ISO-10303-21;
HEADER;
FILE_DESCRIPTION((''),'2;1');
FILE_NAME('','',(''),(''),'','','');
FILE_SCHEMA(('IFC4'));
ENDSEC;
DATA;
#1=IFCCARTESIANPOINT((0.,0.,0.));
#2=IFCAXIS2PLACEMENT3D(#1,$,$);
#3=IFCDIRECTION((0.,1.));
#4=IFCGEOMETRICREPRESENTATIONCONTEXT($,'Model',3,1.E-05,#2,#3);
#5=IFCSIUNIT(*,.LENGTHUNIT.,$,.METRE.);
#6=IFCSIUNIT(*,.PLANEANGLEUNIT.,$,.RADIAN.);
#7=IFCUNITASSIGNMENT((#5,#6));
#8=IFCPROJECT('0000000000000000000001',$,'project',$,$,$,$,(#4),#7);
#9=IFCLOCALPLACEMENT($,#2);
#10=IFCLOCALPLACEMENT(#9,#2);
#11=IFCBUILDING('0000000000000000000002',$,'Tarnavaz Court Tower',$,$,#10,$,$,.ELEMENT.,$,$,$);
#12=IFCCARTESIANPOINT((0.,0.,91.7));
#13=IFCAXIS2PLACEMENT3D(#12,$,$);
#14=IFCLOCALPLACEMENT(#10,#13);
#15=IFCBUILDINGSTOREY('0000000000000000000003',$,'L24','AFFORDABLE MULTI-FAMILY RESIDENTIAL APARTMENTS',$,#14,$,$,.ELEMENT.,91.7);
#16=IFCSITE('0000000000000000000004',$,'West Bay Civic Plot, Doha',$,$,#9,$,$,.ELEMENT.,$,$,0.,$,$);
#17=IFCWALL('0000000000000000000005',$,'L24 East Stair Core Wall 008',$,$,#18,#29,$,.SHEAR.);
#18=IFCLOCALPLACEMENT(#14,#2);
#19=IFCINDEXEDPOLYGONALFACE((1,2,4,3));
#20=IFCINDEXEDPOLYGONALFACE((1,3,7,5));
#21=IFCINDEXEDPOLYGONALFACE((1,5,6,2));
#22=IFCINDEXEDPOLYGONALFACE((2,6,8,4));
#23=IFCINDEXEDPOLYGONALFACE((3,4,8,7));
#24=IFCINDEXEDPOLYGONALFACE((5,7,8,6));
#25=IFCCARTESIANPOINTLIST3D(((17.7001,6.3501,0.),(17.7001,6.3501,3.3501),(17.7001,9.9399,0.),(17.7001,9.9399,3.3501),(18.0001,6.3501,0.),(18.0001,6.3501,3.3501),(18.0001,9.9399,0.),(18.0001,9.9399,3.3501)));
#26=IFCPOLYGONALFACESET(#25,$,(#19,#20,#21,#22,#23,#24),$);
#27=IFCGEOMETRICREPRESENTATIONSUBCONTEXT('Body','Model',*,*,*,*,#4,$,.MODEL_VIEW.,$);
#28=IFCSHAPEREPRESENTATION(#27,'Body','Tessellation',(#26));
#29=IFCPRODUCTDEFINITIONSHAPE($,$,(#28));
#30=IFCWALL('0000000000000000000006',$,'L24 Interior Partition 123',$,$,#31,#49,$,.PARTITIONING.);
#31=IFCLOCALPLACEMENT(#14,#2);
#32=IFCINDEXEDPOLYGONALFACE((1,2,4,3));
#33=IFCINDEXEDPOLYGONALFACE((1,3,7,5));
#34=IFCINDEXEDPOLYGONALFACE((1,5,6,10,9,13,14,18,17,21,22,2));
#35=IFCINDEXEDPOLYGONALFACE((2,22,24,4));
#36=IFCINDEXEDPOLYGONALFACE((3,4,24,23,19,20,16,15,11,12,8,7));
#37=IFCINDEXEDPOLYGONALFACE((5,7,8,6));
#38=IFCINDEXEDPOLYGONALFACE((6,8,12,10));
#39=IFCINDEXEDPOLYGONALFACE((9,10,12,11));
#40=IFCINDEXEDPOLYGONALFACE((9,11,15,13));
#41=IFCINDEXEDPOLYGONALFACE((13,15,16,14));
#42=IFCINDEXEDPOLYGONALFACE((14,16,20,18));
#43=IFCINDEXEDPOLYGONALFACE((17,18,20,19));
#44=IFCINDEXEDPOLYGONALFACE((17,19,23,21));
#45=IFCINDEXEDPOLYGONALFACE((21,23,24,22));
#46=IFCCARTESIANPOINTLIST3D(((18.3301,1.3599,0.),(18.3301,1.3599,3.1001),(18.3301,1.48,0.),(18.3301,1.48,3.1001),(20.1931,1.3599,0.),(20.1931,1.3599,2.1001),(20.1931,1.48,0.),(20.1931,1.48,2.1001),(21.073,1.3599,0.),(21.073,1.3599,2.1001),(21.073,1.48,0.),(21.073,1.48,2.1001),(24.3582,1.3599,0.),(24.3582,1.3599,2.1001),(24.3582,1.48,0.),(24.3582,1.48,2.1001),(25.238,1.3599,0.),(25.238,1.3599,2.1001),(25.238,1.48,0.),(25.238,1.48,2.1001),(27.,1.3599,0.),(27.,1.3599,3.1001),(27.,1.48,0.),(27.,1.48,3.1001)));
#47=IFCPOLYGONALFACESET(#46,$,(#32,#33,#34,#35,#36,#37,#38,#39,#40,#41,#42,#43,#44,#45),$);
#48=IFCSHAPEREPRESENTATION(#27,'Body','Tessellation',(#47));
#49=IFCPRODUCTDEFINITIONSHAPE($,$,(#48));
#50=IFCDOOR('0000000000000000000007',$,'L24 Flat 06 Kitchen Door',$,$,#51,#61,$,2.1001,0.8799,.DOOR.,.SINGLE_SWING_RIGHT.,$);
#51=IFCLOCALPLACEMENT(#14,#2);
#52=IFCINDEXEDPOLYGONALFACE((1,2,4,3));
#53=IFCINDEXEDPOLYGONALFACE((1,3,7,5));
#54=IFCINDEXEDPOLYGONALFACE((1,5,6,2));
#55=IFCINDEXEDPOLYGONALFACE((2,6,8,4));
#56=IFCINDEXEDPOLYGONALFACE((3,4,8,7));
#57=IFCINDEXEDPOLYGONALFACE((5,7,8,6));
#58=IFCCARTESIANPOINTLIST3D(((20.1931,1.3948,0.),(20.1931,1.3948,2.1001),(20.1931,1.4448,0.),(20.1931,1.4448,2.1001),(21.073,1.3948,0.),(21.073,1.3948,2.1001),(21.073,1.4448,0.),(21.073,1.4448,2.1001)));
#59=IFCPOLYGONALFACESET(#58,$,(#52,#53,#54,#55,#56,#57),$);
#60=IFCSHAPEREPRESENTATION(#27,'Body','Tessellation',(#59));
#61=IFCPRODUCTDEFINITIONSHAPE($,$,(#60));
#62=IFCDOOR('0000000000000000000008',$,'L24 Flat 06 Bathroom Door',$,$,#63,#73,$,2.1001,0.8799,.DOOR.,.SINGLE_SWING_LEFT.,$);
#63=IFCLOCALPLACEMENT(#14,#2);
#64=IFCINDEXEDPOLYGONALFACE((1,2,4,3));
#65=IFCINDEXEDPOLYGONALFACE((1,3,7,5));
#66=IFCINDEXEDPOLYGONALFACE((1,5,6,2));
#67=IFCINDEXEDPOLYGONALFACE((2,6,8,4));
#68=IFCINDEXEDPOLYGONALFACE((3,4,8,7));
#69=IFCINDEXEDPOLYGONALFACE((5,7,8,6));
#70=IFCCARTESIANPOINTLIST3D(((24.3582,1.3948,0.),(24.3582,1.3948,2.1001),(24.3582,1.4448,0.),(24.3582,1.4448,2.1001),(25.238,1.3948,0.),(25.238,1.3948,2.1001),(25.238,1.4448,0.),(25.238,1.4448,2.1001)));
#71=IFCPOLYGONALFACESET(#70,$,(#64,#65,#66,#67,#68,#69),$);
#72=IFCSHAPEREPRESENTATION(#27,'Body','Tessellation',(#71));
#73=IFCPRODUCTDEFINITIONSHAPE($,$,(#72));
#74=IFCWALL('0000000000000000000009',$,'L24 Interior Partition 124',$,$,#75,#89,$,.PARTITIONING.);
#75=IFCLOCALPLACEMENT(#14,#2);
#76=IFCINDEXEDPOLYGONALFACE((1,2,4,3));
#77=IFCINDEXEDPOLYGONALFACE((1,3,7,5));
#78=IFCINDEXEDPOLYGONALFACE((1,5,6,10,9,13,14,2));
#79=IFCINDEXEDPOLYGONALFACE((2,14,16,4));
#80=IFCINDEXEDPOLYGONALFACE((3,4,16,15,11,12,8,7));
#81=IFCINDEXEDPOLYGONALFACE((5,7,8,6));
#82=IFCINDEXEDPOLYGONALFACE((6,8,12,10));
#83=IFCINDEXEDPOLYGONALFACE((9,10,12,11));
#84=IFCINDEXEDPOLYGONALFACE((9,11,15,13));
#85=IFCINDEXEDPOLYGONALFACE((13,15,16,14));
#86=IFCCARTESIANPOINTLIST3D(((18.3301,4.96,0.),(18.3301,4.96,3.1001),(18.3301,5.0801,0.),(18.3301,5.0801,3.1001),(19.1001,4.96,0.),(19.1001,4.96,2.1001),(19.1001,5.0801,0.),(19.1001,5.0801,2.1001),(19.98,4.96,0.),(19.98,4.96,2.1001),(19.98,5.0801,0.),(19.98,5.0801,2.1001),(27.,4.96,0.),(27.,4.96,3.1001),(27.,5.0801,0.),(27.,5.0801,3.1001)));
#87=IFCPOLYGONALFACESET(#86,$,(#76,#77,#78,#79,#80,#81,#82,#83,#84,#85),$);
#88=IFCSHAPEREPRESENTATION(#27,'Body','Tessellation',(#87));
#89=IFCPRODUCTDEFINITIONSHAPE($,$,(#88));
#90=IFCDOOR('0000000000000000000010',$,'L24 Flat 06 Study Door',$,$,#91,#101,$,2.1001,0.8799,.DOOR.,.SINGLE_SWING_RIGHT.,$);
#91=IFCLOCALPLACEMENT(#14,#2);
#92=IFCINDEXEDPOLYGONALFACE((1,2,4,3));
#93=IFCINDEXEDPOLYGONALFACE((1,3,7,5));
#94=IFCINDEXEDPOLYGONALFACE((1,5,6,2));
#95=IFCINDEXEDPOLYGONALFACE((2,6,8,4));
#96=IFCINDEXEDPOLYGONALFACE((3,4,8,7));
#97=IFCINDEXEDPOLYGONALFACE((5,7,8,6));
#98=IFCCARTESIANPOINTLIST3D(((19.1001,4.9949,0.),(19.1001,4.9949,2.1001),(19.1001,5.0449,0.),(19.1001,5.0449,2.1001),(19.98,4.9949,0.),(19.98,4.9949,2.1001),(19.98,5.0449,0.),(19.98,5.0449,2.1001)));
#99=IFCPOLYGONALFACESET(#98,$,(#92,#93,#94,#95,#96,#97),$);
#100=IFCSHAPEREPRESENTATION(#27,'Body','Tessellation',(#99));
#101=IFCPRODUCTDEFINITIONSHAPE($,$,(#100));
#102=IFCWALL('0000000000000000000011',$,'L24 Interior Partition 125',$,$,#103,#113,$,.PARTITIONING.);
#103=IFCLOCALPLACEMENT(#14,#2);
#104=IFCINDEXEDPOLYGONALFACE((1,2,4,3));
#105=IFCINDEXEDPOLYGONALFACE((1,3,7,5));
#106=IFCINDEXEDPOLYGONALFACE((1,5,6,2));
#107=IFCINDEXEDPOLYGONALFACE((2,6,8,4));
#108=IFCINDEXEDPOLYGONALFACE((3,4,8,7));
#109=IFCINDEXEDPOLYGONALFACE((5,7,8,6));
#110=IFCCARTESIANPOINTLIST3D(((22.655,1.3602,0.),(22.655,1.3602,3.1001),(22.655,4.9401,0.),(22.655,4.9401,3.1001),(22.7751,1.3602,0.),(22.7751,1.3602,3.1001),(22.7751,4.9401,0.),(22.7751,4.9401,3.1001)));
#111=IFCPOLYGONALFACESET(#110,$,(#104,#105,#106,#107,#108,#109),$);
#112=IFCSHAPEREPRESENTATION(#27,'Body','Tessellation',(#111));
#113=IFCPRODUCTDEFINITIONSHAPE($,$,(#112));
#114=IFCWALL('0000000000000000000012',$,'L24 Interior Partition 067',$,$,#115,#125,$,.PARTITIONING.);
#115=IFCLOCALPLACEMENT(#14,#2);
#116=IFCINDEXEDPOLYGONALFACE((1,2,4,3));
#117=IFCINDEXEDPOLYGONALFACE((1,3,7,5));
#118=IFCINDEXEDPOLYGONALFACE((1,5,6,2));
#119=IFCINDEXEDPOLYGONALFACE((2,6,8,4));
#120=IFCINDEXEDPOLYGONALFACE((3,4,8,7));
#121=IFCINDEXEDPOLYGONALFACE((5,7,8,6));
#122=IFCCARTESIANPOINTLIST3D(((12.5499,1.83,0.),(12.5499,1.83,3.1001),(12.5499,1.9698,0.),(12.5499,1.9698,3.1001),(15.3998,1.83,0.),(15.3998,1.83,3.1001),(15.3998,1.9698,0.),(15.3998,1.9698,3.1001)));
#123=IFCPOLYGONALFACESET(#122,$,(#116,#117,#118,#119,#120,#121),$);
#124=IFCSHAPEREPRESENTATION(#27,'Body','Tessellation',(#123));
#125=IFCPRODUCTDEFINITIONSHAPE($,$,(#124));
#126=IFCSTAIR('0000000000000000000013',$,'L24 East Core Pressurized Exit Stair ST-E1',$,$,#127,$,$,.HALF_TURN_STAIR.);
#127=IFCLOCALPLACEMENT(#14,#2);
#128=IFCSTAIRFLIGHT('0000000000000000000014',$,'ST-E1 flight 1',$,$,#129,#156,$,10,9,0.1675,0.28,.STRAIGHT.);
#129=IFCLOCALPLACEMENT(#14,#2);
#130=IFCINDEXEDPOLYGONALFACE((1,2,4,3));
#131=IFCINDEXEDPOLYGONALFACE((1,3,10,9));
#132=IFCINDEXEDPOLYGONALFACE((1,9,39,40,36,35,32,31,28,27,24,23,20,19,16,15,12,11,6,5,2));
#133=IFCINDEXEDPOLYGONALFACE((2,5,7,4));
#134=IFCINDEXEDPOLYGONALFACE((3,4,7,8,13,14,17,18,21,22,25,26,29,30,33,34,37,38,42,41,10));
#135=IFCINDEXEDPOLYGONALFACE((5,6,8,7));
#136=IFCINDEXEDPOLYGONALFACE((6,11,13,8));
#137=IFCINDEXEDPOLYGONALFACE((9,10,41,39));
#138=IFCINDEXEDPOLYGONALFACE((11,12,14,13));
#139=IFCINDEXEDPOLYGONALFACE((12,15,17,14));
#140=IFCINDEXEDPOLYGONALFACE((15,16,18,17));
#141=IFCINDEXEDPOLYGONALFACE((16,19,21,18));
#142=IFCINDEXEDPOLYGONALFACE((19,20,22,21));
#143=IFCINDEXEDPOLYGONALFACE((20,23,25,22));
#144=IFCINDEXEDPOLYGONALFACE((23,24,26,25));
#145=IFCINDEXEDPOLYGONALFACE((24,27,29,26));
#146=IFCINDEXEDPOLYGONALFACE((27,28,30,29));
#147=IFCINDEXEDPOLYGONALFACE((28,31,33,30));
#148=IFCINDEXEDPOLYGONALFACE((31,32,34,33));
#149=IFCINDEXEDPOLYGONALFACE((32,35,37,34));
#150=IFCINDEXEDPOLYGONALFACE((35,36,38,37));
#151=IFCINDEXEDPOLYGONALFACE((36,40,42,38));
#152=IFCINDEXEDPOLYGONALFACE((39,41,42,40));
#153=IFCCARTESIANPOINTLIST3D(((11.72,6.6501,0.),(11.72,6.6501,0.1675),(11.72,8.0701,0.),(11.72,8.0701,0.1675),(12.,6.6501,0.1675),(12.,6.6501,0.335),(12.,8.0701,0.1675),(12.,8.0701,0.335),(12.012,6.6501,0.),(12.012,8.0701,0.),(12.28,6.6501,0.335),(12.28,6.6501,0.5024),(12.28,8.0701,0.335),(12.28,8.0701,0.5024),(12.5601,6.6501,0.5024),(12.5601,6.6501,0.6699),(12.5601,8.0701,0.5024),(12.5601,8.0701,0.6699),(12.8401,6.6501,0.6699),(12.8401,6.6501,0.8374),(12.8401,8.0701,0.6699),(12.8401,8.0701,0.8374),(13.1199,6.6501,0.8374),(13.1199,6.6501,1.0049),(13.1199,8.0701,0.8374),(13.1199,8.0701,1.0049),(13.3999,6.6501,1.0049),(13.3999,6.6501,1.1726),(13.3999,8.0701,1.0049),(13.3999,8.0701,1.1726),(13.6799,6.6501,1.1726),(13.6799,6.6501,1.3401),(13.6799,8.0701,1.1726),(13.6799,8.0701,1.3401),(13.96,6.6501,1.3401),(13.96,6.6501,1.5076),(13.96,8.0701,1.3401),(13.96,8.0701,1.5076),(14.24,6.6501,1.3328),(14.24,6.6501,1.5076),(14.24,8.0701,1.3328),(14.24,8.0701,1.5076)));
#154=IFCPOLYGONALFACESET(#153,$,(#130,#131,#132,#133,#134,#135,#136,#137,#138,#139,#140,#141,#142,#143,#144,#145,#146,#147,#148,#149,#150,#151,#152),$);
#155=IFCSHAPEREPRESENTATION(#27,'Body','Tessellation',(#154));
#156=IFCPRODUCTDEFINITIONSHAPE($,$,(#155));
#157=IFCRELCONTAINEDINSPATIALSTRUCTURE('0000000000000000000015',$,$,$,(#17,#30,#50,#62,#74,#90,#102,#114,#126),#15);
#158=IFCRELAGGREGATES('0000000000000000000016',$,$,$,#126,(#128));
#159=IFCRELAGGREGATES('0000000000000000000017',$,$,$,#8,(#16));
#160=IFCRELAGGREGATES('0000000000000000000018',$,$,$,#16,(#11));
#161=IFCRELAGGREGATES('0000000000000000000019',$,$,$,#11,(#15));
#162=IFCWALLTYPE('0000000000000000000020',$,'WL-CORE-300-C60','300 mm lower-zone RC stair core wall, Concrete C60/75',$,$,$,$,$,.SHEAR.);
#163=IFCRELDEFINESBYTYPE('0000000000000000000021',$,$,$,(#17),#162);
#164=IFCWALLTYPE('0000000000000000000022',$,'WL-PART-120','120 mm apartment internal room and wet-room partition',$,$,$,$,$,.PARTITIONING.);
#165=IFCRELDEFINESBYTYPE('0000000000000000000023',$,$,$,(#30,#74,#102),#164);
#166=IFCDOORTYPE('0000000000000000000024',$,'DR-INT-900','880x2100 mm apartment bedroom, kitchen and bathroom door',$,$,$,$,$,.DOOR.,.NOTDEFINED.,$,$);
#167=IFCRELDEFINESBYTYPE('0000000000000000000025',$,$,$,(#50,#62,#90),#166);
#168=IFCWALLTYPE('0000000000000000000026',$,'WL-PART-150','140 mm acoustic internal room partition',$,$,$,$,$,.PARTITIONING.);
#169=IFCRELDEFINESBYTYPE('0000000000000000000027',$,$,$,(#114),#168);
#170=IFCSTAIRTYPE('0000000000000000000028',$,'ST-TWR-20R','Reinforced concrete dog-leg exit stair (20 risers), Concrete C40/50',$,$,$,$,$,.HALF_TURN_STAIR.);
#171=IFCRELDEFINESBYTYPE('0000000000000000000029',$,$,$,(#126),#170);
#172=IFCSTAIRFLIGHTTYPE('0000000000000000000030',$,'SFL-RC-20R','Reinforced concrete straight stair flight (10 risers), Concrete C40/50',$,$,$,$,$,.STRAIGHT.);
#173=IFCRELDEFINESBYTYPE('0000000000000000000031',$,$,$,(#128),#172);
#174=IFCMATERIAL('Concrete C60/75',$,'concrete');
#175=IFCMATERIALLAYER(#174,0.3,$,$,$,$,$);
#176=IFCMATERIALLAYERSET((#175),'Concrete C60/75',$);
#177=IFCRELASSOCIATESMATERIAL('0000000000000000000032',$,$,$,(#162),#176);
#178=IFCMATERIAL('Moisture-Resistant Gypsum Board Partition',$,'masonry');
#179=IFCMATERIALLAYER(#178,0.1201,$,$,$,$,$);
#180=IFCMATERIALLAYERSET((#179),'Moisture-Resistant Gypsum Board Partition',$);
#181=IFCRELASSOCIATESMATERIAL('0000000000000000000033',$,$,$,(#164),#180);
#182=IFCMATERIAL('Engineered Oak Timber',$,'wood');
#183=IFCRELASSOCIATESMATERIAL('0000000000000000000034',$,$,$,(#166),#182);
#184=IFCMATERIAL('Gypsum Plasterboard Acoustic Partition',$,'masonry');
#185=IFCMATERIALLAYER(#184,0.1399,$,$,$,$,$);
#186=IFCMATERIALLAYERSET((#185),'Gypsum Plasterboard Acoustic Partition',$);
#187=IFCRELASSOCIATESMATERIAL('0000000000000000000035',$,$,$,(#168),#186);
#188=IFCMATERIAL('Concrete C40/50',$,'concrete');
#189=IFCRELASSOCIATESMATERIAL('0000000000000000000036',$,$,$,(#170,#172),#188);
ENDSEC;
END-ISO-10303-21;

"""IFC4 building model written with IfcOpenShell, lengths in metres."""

from ifc_helpers import new_model, si_unit, direction, frame, frame_2d, origin, place, context, subcontext, project, spatial, polyline, rectangle, outline, extrude, material, layer, layer_set, type_object, element, fill, aggregate, save


model = new_model("IFC4")

# Units and contexts
model_context = context("Model", 3, precision=1e-05, world=origin(), true_north=direction((0.0, 1.0)))
body_context = subcontext(model_context, "Body", "Model", "MODEL_VIEW")
ifc_project = project(units=[si_unit("LENGTHUNIT", "METRE"), si_unit("PLANEANGLEUNIT", "RADIAN")], contexts=[model_context])

# Site, building, storey
site_placement = place(None, origin())
site = spatial("IfcSite", under=ifc_project, at=site_placement, Name="West Bay Civic Plot, Doha", CompositionType="ELEMENT", RefElevation=0.0)
building_placement = place(site_placement, origin())
building = spatial("IfcBuilding", under=site, at=building_placement, Name="Tarnavaz Court Tower", CompositionType="ELEMENT")
storey_placement = place(building_placement, frame((0.0, 0.0, 91.7)))
storey = spatial("IfcBuildingStorey", under=building, at=storey_placement, Name="L24", Description="AFFORDABLE MULTI-FAMILY RESIDENTIAL APARTMENTS", CompositionType="ELEMENT", Elevation=91.7)

# Shared definitions
ifc_material_1 = material(Name="Concrete C60/75", Category="concrete")

# Wall
ifc_layer_1 = layer(ifc_material_1, 0.3)
ifc_layer_set_1 = layer_set([ifc_layer_1], Name="Concrete C60/75")
wall_type_1 = type_object("IfcWallType", Name="WL-CORE-300-C60", Description="300 mm lower-zone RC stair core wall, Concrete C60/75", PredefinedType="SHEAR", material=ifc_layer_set_1)
wall_1_placement = place(storey_placement, frame((17.8501, 6.3501, 0.0), z_axis=(0.0, 0.0, 1.0), x_axis=(0.0, 1.0, 0.0)))
element("IfcWall", 1, at=wall_1_placement, inside=storey, type_object=wall_type_1, Name="L24 East Stair Core Wall 008", PredefinedType="SHEAR", context=body_context, shape_type="SweptSolid", body=[
    extrude(rectangle(XDim=3.5898, YDim=0.3, at=frame_2d((1.7949, 0.0))), origin(), (0.0, 0.0, 1.0), 3.3501),
])

# Wall, openings, doors
ifc_material_2 = material(Name="Moisture-Resistant Gypsum Board Partition", Category="masonry")
ifc_layer_2 = layer(ifc_material_2, 0.1201)
ifc_layer_set_2 = layer_set([ifc_layer_2], Name="Moisture-Resistant Gypsum Board Partition")
wall_type_2 = type_object("IfcWallType", Name="WL-PART-120", Description="120 mm apartment internal room and wet-room partition", PredefinedType="PARTITIONING", material=ifc_layer_set_2)
wall_2_placement = place(storey_placement, frame((18.3301, 1.4199, 0.0), z_axis=(0.0, 0.0, 1.0), x_axis=(1.0, 0.0, 0.0)))
wall_2 = element("IfcWall", 2, at=wall_2_placement, inside=storey, type_object=wall_type_2, Name="L24 Interior Partition 123", PredefinedType="PARTITIONING", context=body_context, shape_type="SweptSolid", body=[
    extrude(rectangle(XDim=8.6699, YDim=0.1201, at=frame_2d((4.335, 0.0))), origin(), (0.0, 0.0, 1.0), 3.1001),
])
opening_1_placement = place(wall_2_placement, frame((1.863, 0.0, 0.0)))
opening_1 = element("IfcOpeningElement", 3, at=opening_1_placement, cuts=wall_2, PredefinedType="OPENING", context=body_context, shape_type="SweptSolid", body=[
    extrude(rectangle(XDim=0.8799, YDim=2.1001, at=frame_2d((0.4399, 1.05))), frame((0.0, 0.0701, 0.0), z_axis=(0.0, -1.0, 0.0), x_axis=(1.0, 0.0, 0.0)), (0.0, 0.0, 1.0), 0.1401),
])
opening_2_placement = place(wall_2_placement, frame((6.0281, 0.0, 0.0)))
opening_2 = element("IfcOpeningElement", 4, at=opening_2_placement, cuts=wall_2, PredefinedType="OPENING", context=body_context, shape_type="SweptSolid", body=[
    extrude(rectangle(XDim=0.8799, YDim=2.1001, at=frame_2d((0.4399, 1.05))), frame((0.0, 0.0701, 0.0), z_axis=(0.0, -1.0, 0.0), x_axis=(1.0, 0.0, 0.0)), (0.0, 0.0, 1.0), 0.1401),
])
ifc_material_3 = material(Name="Engineered Oak Timber", Category="wood")
door_type_1 = type_object("IfcDoorType", Name="DR-INT-900", Description="880x2100 mm apartment bedroom, kitchen and bathroom door", OperationType="NOTDEFINED", PredefinedType="DOOR", material=ifc_material_3)
door_1_placement = place(opening_1_placement, origin())
door_1 = element("IfcDoor", 5, at=door_1_placement, inside=storey, type_object=door_type_1, Name="L24 Flat 06 Kitchen Door", OperationType="SINGLE_SWING_RIGHT", OverallHeight=2.1001, OverallWidth=0.8799, PredefinedType="DOOR", context=body_context, shape_type="SweptSolid", body=[
    extrude(rectangle(XDim=0.8799, YDim=2.1001, at=frame_2d((0.4399, 1.05))), frame((0.0, 0.0249, 0.0), z_axis=(0.0, -1.0, 0.0), x_axis=(1.0, 0.0, 0.0)), (0.0, 0.0, 1.0), 0.05),
])
fill(opening_1, door_1)
door_2_placement = place(opening_2_placement, origin())
door_2 = element("IfcDoor", 6, at=door_2_placement, inside=storey, type_object=door_type_1, Name="L24 Flat 06 Bathroom Door", OperationType="SINGLE_SWING_LEFT", OverallHeight=2.1001, OverallWidth=0.8799, PredefinedType="DOOR", context=body_context, shape_type="SweptSolid", body=[
    extrude(rectangle(XDim=0.8799, YDim=2.1001, at=frame_2d((0.4399, 1.05))), frame((0.0, 0.0249, 0.0), z_axis=(0.0, -1.0, 0.0), x_axis=(1.0, 0.0, 0.0)), (0.0, 0.0, 1.0), 0.05),
])
fill(opening_2, door_2)

# Wall, opening, door
wall_3_placement = place(storey_placement, frame((18.3301, 5.02, 0.0), z_axis=(0.0, 0.0, 1.0), x_axis=(1.0, 0.0, 0.0)))
wall_3 = element("IfcWall", 7, at=wall_3_placement, inside=storey, type_object=wall_type_2, Name="L24 Interior Partition 124", PredefinedType="PARTITIONING", context=body_context, shape_type="SweptSolid", body=[
    extrude(rectangle(XDim=8.6699, YDim=0.1201, at=frame_2d((4.335, 0.0))), origin(), (0.0, 0.0, 1.0), 3.1001),
])
opening_3_placement = place(wall_3_placement, frame((0.77, 0.0, 0.0)))
opening_3 = element("IfcOpeningElement", 8, at=opening_3_placement, cuts=wall_3, PredefinedType="OPENING", context=body_context, shape_type="SweptSolid", body=[
    extrude(rectangle(XDim=0.8799, YDim=2.1001, at=frame_2d((0.4399, 1.05))), frame((0.0, 0.0701, 0.0), z_axis=(0.0, -1.0, 0.0), x_axis=(1.0, 0.0, 0.0)), (0.0, 0.0, 1.0), 0.1401),
])
door_3_placement = place(opening_3_placement, origin())
door_3 = element("IfcDoor", 9, at=door_3_placement, inside=storey, type_object=door_type_1, Name="L24 Flat 06 Study Door", OperationType="SINGLE_SWING_RIGHT", OverallHeight=2.1001, OverallWidth=0.8799, PredefinedType="DOOR", context=body_context, shape_type="SweptSolid", body=[
    extrude(rectangle(XDim=0.8799, YDim=2.1001, at=frame_2d((0.4399, 1.05))), frame((0.0, 0.0249, 0.0), z_axis=(0.0, -1.0, 0.0), x_axis=(1.0, 0.0, 0.0)), (0.0, 0.0, 1.0), 0.05),
])
fill(opening_3, door_3)

# Walls
wall_4_placement = place(storey_placement, frame((22.7151, 1.3601, 0.0), z_axis=(0.0, 0.0, 1.0), x_axis=(0.0, 1.0, 0.0)))
element("IfcWall", 10, at=wall_4_placement, inside=storey, type_object=wall_type_2, Name="L24 Interior Partition 125", PredefinedType="PARTITIONING", context=body_context, shape_type="SweptSolid", body=[
    extrude(rectangle(XDim=3.5798, YDim=0.1201, at=frame_2d((1.79, 0.0))), origin(), (0.0, 0.0, 1.0), 3.1001),
])
ifc_material_4 = material(Name="Gypsum Plasterboard Acoustic Partition", Category="masonry")
ifc_layer_3 = layer(ifc_material_4, 0.1399)
ifc_layer_set_3 = layer_set([ifc_layer_3], Name="Gypsum Plasterboard Acoustic Partition")
wall_type_3 = type_object("IfcWallType", Name="WL-PART-150", Description="140 mm acoustic internal room partition", PredefinedType="PARTITIONING", material=ifc_layer_set_3)
wall_5_placement = place(storey_placement, frame((12.55, 1.8999, 0.0), z_axis=(0.0, 0.0, 1.0), x_axis=(1.0, 0.0, 0.0)))
element("IfcWall", 11, at=wall_5_placement, inside=storey, type_object=wall_type_3, Name="L24 Interior Partition 067", PredefinedType="PARTITIONING", context=body_context, shape_type="SweptSolid", body=[
    extrude(rectangle(XDim=2.8499, YDim=0.1399, at=frame_2d((1.4248, 0.0))), origin(), (0.0, 0.0, 1.0), 3.1001),
])

# Stair, stair flight
ifc_material_5 = material(Name="Concrete C40/50", Category="concrete")
stair_type = type_object("IfcStairType", Name="ST-TWR-20R", Description="Reinforced concrete dog-leg exit stair (20 risers), Concrete C40/50", PredefinedType="HALF_TURN_STAIR", material=ifc_material_5)
stair_placement = place(storey_placement, origin())
stair = element("IfcStair", 12, at=stair_placement, inside=storey, type_object=stair_type, Name="L24 East Core Pressurized Exit Stair ST-E1", PredefinedType="HALF_TURN_STAIR")
stair_flight_type = type_object("IfcStairFlightType", Name="SFL-RC-20R", Description="Reinforced concrete straight stair flight (10 risers), Concrete C40/50", PredefinedType="STRAIGHT", material=ifc_material_5)
stair_flight_1_placement = place(storey_placement, frame((11.72, 7.3601, 0.0), z_axis=(0.0, 0.0, 1.0), x_axis=(1.0, 0.0, 0.0)))
stair_flight_1 = element("IfcStairFlight", 13, at=stair_flight_1_placement, type_object=stair_flight_type, Name="ST-E1 flight 1", NumberOfRisers=10, NumberOfTreads=9, PredefinedType="STRAIGHT", RiserHeight=0.1675, TreadLength=0.28, context=body_context, shape_type="SweptSolid", body=[
    extrude(outline(polyline([(0.0, 0.0), (0.0, 0.1675), (0.28, 0.1675), (0.28, 0.335), (0.5601, 0.335), (0.5601, 0.5024), (0.8401, 0.5024), (0.8401, 0.6699), (1.1201, 0.6699), (1.1201, 0.8374), (1.3999, 0.8374), (1.3999, 1.0049), (1.6799, 1.0049), (1.6799, 1.1726), (1.96, 1.1726), (1.96, 1.3401), (2.24, 1.3401), (2.24, 1.5076), (2.52, 1.5076), (2.52, 1.675), (2.52, 1.3328), (0.292, 0.0), (0.0, 0.0)])), frame((0.0, 0.71, 0.0), z_axis=(0.0, -1.0, 0.0), x_axis=(1.0, 0.0, 0.0)), (0.0, 0.0, 1.0), 1.4199),
])
aggregate(stair, [stair_flight_1])

save(model, "model.ifc")
